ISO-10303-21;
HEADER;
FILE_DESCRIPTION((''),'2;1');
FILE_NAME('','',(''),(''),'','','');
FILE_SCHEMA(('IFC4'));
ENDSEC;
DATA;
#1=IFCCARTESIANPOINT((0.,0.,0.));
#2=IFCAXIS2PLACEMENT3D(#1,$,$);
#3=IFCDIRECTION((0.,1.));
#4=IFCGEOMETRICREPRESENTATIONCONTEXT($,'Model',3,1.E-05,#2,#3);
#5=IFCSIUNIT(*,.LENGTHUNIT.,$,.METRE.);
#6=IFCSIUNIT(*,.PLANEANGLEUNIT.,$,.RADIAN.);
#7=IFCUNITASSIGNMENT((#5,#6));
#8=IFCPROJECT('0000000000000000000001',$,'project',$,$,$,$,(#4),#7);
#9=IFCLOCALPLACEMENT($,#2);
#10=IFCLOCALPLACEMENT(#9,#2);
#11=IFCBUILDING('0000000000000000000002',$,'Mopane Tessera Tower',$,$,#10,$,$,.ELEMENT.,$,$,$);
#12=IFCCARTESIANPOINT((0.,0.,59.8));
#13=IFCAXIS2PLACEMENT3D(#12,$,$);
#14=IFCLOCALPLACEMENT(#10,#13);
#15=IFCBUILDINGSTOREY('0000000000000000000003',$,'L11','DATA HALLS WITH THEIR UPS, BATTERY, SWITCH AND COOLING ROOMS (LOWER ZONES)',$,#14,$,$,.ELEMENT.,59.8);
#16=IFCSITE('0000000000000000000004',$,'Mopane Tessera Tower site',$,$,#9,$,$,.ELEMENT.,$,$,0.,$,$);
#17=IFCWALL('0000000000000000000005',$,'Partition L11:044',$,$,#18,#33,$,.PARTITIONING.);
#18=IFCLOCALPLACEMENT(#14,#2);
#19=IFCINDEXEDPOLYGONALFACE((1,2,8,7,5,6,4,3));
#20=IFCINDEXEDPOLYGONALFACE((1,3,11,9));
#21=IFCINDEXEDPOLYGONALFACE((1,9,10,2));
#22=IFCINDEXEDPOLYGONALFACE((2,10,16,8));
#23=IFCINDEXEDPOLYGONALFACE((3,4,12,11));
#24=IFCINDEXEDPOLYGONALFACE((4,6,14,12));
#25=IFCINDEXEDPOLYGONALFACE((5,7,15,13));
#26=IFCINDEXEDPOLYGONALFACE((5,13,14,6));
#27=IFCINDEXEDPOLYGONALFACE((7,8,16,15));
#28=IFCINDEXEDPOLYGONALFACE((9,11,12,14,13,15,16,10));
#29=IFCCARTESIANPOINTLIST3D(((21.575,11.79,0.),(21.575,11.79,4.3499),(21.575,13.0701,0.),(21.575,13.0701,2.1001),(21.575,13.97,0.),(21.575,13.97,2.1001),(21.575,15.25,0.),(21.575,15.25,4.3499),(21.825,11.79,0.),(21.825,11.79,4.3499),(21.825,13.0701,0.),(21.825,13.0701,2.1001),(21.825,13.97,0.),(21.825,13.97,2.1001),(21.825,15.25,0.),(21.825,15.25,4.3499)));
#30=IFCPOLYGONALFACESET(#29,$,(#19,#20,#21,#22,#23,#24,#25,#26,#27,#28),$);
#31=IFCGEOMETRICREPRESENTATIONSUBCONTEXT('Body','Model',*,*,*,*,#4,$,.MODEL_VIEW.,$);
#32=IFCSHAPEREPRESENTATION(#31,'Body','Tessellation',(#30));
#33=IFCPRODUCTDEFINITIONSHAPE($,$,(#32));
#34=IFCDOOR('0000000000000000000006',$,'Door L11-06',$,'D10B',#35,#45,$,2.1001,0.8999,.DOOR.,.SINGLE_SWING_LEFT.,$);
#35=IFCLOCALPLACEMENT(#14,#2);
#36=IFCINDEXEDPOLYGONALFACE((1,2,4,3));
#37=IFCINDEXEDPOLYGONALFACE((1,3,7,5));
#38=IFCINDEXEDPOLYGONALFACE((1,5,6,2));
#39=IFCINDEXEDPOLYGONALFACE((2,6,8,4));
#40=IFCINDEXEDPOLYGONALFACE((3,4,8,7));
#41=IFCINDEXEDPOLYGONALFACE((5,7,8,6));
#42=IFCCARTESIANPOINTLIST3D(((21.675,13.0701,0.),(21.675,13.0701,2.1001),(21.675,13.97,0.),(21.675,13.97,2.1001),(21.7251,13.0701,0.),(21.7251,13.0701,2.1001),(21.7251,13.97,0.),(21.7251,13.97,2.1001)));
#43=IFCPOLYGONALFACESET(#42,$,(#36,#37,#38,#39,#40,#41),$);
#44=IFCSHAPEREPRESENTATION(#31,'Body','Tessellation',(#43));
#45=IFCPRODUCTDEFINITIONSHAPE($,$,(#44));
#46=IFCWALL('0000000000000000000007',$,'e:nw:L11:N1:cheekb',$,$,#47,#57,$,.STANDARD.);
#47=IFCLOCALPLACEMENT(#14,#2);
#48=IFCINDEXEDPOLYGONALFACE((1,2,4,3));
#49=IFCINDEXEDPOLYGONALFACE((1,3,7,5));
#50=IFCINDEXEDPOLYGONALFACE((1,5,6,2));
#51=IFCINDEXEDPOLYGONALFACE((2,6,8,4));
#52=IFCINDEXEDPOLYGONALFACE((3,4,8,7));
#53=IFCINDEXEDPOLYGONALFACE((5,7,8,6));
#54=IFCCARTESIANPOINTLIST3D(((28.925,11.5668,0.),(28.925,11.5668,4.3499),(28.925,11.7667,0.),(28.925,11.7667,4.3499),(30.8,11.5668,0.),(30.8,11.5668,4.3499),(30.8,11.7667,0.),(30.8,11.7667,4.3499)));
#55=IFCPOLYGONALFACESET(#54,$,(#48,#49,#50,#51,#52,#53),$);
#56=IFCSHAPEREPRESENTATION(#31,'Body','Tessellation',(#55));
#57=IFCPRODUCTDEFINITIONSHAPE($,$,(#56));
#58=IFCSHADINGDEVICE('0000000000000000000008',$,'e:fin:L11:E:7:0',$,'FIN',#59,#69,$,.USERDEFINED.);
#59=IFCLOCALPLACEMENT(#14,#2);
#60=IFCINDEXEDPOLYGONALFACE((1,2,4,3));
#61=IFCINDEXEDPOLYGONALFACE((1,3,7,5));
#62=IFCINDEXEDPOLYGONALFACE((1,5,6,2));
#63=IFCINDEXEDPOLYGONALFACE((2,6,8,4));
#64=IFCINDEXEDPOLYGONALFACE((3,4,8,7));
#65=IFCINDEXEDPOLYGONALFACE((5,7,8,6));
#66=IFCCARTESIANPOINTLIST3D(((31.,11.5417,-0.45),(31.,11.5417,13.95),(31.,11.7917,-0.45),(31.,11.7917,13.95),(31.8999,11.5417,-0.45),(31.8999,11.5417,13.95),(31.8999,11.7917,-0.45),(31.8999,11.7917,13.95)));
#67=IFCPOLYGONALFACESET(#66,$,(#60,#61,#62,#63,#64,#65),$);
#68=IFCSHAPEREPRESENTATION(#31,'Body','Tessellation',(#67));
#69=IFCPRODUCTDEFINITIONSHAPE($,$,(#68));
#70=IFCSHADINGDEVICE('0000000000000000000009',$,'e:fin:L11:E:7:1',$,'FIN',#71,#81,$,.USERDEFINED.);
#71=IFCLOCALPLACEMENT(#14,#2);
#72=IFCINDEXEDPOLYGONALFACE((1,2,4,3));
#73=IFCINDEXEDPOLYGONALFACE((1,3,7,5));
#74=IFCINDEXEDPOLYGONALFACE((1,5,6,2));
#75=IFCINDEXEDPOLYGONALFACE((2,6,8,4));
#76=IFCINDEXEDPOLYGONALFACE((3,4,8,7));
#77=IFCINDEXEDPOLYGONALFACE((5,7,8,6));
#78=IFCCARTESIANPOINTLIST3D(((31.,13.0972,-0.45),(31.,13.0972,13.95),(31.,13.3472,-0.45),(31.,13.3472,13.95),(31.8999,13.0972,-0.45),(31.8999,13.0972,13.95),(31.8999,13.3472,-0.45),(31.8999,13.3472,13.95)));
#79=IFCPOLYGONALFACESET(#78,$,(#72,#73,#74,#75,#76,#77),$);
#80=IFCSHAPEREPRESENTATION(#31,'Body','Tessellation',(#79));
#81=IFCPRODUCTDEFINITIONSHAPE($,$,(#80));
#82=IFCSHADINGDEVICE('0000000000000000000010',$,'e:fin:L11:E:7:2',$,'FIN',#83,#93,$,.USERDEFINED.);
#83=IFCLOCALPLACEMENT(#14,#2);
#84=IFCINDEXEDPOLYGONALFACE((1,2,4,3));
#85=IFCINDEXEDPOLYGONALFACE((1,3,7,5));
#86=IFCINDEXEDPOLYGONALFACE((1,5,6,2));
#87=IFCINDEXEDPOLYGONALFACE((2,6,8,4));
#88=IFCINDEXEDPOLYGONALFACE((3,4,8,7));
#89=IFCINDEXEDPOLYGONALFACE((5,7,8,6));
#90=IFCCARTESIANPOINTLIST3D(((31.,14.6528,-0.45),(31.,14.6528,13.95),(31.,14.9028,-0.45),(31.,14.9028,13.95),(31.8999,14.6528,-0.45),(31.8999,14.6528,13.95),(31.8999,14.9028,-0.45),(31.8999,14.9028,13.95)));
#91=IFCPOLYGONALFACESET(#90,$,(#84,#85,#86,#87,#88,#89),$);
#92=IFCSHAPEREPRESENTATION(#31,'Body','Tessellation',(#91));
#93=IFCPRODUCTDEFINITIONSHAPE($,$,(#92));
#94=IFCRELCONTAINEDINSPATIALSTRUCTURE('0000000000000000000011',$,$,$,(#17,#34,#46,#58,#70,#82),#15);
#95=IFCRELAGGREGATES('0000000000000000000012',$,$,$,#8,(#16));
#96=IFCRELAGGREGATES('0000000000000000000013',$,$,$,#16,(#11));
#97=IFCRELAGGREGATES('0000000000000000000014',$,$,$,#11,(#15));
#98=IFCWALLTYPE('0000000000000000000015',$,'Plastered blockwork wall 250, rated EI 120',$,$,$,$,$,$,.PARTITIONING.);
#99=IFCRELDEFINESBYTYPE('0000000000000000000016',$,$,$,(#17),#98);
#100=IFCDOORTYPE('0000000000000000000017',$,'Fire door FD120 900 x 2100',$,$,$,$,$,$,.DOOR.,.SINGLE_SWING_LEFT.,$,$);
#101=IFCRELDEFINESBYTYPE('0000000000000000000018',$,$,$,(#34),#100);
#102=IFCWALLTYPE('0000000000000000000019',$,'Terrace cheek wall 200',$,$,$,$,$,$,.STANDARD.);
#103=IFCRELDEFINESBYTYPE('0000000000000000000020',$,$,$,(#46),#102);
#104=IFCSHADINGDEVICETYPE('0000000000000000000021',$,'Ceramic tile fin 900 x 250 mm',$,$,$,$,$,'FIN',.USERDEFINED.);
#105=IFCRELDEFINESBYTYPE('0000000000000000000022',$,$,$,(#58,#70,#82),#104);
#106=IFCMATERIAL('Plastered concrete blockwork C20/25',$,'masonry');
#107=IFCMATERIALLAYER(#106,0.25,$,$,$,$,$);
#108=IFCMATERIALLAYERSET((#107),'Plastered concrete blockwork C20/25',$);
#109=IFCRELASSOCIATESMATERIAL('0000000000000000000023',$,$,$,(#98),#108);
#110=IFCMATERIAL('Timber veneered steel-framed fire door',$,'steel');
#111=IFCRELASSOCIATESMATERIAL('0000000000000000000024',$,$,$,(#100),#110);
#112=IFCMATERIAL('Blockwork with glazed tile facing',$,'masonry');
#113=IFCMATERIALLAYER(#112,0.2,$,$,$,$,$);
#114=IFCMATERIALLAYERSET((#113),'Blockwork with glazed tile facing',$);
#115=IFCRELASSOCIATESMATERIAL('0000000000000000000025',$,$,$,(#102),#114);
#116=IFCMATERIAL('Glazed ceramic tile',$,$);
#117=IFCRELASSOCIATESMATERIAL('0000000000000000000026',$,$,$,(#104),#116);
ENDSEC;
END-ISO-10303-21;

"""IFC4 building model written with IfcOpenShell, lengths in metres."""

from ifc_helpers import new_model, si_unit, direction, frame, frame_2d, origin, origin_2d, place, context, subcontext, project, spatial, rectangle, extrude, material, layer, layer_set, type_object, element, fill, save


model = new_model("IFC4")

# Units and contexts
model_context = context("Model", 3, precision=1e-05, world=origin(), true_north=direction((0.0, 1.0)))
body_context = subcontext(model_context, "Body", "Model", "MODEL_VIEW")
ifc_project = project(units=[si_unit("LENGTHUNIT", "METRE"), si_unit("PLANEANGLEUNIT", "RADIAN")], contexts=[model_context])

# Site, building, storey
site_placement = place(None, origin())
site = spatial("IfcSite", under=ifc_project, at=site_placement, Name="Mopane Tessera Tower site", CompositionType="ELEMENT", RefElevation=0.0)
building_placement = place(site_placement, origin())
building = spatial("IfcBuilding", under=site, at=building_placement, Name="Mopane Tessera Tower", CompositionType="ELEMENT")
storey_placement = place(building_placement, frame((0.0, 0.0, 59.8)))
storey = spatial("IfcBuildingStorey", under=building, at=storey_placement, Name="L11", Description="DATA HALLS WITH THEIR UPS, BATTERY, SWITCH AND COOLING ROOMS (LOWER ZONES)", CompositionType="ELEMENT", Elevation=59.8)

# Shared definitions
ifc_material_1 = material(Name="Plastered concrete blockwork C20/25", Category="masonry")
ifc_layer_1 = layer(ifc_material_1, 0.25)
ifc_layer_set_1 = layer_set([ifc_layer_1], Name="Plastered concrete blockwork C20/25")
wall_type_1 = type_object("IfcWallType", Name="Plastered blockwork wall 250, rated EI 120", PredefinedType="PARTITIONING", material=ifc_layer_set_1)

# Shared definitions
ifc_material_2 = material(Name="Timber veneered steel-framed fire door", Category="steel")
door_type_1 = type_object("IfcDoorType", Name="Fire door FD120 900 x 2100", OperationType="SINGLE_SWING_LEFT", PredefinedType="DOOR", material=ifc_material_2)

# Wall, opening, door
wall_1_placement = place(storey_placement, frame((21.7, 11.79, 0.0), z_axis=(0.0, 0.0, 1.0), x_axis=(0.0, 1.0, 0.0)))
wall_1 = element("IfcWall", 1, at=wall_1_placement, inside=storey, type_object=wall_type_1, Name="Partition L11:044", PredefinedType="PARTITIONING", context=body_context, shape_type="SweptSolid", body=[
    extrude(rectangle(XDim=3.46, YDim=0.25, at=frame_2d((1.73, 0.0))), origin(), (0.0, 0.0, 1.0), 4.3499),
])
opening_1_placement = place(wall_1_placement, frame((1.28, 0.0, 0.0)))
opening_1 = element("IfcOpeningElement", 2, at=opening_1_placement, cuts=wall_1, PredefinedType="OPENING", context=body_context, shape_type="SweptSolid", body=[
    extrude(rectangle(XDim=0.8999, YDim=2.1001, at=frame_2d((0.45, 1.05))), frame((0.0, 0.137, 0.0), z_axis=(0.0, -1.0, 0.0), x_axis=(1.0, 0.0, 0.0)), (0.0, 0.0, 1.0), 0.2739),
])
door_1_placement = place(opening_1_placement, origin())
door_1 = element("IfcDoor", 3, at=door_1_placement, inside=storey, type_object=door_type_1, Name="Door L11-06", ObjectType="D10B", OperationType="SINGLE_SWING_LEFT", OverallHeight=2.1001, OverallWidth=0.8999, PredefinedType="DOOR", context=body_context, shape_type="SweptSolid", body=[
    extrude(rectangle(XDim=0.8999, YDim=2.1001, at=frame_2d((0.45, 1.05))), frame((0.0, 0.0249, 0.0), z_axis=(0.0, -1.0, 0.0), x_axis=(1.0, 0.0, 0.0)), (0.0, 0.0, 1.0), 0.05),
])
fill(opening_1, door_1)

# Wall
ifc_material_3 = material(Name="Blockwork with glazed tile facing", Category="masonry")
ifc_layer_2 = layer(ifc_material_3, 0.2)
ifc_layer_set_2 = layer_set([ifc_layer_2], Name="Blockwork with glazed tile facing")
wall_type_2 = type_object("IfcWallType", Name="Terrace cheek wall 200", PredefinedType="STANDARD", material=ifc_layer_set_2)
wall_2_placement = place(storey_placement, frame((30.8, 11.6667, 0.0), z_axis=(0.0, 0.0, 1.0), x_axis=(-1.0, 0.0, 0.0)))
element("IfcWall", 4, at=wall_2_placement, inside=storey, type_object=wall_type_2, Name="e:nw:L11:N1:cheekb", PredefinedType="STANDARD", context=body_context, shape_type="SweptSolid", body=[
    extrude(rectangle(XDim=1.875, YDim=0.2, at=frame_2d((0.9375, 0.0))), origin(), (0.0, 0.0, 1.0), 4.3499),
])

# Shading devices
ifc_material_4 = material(Name="Glazed ceramic tile")
shading_device_type = type_object("IfcShadingDeviceType", Name="Ceramic tile fin 900 x 250 mm", ElementType="FIN", PredefinedType="USERDEFINED", material=ifc_material_4)
for number, where, z_axis, x_axis, name in (
    (5, (31.45, 11.6667, -0.45), (0.0, 0.0, 1.0), (0.0, 1.0, 0.0), "e:fin:L11:E:7:0"),
    (6, (31.45, 13.2222, -0.45), (0.0, 0.0, 1.0), (0.0, 1.0, 0.0), "e:fin:L11:E:7:1"),
    (7, (31.45, 14.7778, -0.45), (0.0, 0.0, 1.0), (0.0, 1.0, 0.0), "e:fin:L11:E:7:2"),
):
    element("IfcShadingDevice", number, at=place(storey_placement, frame(where, z_axis=z_axis, x_axis=x_axis)), inside=storey, type_object=shading_device_type, Name=name, ObjectType="FIN", PredefinedType="USERDEFINED", context=body_context, shape_type="SweptSolid", body=[
        extrude(rectangle(XDim=0.25, YDim=0.8999, at=origin_2d()), origin(), (0.0, 0.0, 1.0), 14.3999),
    ])

save(model, "model.ifc")
